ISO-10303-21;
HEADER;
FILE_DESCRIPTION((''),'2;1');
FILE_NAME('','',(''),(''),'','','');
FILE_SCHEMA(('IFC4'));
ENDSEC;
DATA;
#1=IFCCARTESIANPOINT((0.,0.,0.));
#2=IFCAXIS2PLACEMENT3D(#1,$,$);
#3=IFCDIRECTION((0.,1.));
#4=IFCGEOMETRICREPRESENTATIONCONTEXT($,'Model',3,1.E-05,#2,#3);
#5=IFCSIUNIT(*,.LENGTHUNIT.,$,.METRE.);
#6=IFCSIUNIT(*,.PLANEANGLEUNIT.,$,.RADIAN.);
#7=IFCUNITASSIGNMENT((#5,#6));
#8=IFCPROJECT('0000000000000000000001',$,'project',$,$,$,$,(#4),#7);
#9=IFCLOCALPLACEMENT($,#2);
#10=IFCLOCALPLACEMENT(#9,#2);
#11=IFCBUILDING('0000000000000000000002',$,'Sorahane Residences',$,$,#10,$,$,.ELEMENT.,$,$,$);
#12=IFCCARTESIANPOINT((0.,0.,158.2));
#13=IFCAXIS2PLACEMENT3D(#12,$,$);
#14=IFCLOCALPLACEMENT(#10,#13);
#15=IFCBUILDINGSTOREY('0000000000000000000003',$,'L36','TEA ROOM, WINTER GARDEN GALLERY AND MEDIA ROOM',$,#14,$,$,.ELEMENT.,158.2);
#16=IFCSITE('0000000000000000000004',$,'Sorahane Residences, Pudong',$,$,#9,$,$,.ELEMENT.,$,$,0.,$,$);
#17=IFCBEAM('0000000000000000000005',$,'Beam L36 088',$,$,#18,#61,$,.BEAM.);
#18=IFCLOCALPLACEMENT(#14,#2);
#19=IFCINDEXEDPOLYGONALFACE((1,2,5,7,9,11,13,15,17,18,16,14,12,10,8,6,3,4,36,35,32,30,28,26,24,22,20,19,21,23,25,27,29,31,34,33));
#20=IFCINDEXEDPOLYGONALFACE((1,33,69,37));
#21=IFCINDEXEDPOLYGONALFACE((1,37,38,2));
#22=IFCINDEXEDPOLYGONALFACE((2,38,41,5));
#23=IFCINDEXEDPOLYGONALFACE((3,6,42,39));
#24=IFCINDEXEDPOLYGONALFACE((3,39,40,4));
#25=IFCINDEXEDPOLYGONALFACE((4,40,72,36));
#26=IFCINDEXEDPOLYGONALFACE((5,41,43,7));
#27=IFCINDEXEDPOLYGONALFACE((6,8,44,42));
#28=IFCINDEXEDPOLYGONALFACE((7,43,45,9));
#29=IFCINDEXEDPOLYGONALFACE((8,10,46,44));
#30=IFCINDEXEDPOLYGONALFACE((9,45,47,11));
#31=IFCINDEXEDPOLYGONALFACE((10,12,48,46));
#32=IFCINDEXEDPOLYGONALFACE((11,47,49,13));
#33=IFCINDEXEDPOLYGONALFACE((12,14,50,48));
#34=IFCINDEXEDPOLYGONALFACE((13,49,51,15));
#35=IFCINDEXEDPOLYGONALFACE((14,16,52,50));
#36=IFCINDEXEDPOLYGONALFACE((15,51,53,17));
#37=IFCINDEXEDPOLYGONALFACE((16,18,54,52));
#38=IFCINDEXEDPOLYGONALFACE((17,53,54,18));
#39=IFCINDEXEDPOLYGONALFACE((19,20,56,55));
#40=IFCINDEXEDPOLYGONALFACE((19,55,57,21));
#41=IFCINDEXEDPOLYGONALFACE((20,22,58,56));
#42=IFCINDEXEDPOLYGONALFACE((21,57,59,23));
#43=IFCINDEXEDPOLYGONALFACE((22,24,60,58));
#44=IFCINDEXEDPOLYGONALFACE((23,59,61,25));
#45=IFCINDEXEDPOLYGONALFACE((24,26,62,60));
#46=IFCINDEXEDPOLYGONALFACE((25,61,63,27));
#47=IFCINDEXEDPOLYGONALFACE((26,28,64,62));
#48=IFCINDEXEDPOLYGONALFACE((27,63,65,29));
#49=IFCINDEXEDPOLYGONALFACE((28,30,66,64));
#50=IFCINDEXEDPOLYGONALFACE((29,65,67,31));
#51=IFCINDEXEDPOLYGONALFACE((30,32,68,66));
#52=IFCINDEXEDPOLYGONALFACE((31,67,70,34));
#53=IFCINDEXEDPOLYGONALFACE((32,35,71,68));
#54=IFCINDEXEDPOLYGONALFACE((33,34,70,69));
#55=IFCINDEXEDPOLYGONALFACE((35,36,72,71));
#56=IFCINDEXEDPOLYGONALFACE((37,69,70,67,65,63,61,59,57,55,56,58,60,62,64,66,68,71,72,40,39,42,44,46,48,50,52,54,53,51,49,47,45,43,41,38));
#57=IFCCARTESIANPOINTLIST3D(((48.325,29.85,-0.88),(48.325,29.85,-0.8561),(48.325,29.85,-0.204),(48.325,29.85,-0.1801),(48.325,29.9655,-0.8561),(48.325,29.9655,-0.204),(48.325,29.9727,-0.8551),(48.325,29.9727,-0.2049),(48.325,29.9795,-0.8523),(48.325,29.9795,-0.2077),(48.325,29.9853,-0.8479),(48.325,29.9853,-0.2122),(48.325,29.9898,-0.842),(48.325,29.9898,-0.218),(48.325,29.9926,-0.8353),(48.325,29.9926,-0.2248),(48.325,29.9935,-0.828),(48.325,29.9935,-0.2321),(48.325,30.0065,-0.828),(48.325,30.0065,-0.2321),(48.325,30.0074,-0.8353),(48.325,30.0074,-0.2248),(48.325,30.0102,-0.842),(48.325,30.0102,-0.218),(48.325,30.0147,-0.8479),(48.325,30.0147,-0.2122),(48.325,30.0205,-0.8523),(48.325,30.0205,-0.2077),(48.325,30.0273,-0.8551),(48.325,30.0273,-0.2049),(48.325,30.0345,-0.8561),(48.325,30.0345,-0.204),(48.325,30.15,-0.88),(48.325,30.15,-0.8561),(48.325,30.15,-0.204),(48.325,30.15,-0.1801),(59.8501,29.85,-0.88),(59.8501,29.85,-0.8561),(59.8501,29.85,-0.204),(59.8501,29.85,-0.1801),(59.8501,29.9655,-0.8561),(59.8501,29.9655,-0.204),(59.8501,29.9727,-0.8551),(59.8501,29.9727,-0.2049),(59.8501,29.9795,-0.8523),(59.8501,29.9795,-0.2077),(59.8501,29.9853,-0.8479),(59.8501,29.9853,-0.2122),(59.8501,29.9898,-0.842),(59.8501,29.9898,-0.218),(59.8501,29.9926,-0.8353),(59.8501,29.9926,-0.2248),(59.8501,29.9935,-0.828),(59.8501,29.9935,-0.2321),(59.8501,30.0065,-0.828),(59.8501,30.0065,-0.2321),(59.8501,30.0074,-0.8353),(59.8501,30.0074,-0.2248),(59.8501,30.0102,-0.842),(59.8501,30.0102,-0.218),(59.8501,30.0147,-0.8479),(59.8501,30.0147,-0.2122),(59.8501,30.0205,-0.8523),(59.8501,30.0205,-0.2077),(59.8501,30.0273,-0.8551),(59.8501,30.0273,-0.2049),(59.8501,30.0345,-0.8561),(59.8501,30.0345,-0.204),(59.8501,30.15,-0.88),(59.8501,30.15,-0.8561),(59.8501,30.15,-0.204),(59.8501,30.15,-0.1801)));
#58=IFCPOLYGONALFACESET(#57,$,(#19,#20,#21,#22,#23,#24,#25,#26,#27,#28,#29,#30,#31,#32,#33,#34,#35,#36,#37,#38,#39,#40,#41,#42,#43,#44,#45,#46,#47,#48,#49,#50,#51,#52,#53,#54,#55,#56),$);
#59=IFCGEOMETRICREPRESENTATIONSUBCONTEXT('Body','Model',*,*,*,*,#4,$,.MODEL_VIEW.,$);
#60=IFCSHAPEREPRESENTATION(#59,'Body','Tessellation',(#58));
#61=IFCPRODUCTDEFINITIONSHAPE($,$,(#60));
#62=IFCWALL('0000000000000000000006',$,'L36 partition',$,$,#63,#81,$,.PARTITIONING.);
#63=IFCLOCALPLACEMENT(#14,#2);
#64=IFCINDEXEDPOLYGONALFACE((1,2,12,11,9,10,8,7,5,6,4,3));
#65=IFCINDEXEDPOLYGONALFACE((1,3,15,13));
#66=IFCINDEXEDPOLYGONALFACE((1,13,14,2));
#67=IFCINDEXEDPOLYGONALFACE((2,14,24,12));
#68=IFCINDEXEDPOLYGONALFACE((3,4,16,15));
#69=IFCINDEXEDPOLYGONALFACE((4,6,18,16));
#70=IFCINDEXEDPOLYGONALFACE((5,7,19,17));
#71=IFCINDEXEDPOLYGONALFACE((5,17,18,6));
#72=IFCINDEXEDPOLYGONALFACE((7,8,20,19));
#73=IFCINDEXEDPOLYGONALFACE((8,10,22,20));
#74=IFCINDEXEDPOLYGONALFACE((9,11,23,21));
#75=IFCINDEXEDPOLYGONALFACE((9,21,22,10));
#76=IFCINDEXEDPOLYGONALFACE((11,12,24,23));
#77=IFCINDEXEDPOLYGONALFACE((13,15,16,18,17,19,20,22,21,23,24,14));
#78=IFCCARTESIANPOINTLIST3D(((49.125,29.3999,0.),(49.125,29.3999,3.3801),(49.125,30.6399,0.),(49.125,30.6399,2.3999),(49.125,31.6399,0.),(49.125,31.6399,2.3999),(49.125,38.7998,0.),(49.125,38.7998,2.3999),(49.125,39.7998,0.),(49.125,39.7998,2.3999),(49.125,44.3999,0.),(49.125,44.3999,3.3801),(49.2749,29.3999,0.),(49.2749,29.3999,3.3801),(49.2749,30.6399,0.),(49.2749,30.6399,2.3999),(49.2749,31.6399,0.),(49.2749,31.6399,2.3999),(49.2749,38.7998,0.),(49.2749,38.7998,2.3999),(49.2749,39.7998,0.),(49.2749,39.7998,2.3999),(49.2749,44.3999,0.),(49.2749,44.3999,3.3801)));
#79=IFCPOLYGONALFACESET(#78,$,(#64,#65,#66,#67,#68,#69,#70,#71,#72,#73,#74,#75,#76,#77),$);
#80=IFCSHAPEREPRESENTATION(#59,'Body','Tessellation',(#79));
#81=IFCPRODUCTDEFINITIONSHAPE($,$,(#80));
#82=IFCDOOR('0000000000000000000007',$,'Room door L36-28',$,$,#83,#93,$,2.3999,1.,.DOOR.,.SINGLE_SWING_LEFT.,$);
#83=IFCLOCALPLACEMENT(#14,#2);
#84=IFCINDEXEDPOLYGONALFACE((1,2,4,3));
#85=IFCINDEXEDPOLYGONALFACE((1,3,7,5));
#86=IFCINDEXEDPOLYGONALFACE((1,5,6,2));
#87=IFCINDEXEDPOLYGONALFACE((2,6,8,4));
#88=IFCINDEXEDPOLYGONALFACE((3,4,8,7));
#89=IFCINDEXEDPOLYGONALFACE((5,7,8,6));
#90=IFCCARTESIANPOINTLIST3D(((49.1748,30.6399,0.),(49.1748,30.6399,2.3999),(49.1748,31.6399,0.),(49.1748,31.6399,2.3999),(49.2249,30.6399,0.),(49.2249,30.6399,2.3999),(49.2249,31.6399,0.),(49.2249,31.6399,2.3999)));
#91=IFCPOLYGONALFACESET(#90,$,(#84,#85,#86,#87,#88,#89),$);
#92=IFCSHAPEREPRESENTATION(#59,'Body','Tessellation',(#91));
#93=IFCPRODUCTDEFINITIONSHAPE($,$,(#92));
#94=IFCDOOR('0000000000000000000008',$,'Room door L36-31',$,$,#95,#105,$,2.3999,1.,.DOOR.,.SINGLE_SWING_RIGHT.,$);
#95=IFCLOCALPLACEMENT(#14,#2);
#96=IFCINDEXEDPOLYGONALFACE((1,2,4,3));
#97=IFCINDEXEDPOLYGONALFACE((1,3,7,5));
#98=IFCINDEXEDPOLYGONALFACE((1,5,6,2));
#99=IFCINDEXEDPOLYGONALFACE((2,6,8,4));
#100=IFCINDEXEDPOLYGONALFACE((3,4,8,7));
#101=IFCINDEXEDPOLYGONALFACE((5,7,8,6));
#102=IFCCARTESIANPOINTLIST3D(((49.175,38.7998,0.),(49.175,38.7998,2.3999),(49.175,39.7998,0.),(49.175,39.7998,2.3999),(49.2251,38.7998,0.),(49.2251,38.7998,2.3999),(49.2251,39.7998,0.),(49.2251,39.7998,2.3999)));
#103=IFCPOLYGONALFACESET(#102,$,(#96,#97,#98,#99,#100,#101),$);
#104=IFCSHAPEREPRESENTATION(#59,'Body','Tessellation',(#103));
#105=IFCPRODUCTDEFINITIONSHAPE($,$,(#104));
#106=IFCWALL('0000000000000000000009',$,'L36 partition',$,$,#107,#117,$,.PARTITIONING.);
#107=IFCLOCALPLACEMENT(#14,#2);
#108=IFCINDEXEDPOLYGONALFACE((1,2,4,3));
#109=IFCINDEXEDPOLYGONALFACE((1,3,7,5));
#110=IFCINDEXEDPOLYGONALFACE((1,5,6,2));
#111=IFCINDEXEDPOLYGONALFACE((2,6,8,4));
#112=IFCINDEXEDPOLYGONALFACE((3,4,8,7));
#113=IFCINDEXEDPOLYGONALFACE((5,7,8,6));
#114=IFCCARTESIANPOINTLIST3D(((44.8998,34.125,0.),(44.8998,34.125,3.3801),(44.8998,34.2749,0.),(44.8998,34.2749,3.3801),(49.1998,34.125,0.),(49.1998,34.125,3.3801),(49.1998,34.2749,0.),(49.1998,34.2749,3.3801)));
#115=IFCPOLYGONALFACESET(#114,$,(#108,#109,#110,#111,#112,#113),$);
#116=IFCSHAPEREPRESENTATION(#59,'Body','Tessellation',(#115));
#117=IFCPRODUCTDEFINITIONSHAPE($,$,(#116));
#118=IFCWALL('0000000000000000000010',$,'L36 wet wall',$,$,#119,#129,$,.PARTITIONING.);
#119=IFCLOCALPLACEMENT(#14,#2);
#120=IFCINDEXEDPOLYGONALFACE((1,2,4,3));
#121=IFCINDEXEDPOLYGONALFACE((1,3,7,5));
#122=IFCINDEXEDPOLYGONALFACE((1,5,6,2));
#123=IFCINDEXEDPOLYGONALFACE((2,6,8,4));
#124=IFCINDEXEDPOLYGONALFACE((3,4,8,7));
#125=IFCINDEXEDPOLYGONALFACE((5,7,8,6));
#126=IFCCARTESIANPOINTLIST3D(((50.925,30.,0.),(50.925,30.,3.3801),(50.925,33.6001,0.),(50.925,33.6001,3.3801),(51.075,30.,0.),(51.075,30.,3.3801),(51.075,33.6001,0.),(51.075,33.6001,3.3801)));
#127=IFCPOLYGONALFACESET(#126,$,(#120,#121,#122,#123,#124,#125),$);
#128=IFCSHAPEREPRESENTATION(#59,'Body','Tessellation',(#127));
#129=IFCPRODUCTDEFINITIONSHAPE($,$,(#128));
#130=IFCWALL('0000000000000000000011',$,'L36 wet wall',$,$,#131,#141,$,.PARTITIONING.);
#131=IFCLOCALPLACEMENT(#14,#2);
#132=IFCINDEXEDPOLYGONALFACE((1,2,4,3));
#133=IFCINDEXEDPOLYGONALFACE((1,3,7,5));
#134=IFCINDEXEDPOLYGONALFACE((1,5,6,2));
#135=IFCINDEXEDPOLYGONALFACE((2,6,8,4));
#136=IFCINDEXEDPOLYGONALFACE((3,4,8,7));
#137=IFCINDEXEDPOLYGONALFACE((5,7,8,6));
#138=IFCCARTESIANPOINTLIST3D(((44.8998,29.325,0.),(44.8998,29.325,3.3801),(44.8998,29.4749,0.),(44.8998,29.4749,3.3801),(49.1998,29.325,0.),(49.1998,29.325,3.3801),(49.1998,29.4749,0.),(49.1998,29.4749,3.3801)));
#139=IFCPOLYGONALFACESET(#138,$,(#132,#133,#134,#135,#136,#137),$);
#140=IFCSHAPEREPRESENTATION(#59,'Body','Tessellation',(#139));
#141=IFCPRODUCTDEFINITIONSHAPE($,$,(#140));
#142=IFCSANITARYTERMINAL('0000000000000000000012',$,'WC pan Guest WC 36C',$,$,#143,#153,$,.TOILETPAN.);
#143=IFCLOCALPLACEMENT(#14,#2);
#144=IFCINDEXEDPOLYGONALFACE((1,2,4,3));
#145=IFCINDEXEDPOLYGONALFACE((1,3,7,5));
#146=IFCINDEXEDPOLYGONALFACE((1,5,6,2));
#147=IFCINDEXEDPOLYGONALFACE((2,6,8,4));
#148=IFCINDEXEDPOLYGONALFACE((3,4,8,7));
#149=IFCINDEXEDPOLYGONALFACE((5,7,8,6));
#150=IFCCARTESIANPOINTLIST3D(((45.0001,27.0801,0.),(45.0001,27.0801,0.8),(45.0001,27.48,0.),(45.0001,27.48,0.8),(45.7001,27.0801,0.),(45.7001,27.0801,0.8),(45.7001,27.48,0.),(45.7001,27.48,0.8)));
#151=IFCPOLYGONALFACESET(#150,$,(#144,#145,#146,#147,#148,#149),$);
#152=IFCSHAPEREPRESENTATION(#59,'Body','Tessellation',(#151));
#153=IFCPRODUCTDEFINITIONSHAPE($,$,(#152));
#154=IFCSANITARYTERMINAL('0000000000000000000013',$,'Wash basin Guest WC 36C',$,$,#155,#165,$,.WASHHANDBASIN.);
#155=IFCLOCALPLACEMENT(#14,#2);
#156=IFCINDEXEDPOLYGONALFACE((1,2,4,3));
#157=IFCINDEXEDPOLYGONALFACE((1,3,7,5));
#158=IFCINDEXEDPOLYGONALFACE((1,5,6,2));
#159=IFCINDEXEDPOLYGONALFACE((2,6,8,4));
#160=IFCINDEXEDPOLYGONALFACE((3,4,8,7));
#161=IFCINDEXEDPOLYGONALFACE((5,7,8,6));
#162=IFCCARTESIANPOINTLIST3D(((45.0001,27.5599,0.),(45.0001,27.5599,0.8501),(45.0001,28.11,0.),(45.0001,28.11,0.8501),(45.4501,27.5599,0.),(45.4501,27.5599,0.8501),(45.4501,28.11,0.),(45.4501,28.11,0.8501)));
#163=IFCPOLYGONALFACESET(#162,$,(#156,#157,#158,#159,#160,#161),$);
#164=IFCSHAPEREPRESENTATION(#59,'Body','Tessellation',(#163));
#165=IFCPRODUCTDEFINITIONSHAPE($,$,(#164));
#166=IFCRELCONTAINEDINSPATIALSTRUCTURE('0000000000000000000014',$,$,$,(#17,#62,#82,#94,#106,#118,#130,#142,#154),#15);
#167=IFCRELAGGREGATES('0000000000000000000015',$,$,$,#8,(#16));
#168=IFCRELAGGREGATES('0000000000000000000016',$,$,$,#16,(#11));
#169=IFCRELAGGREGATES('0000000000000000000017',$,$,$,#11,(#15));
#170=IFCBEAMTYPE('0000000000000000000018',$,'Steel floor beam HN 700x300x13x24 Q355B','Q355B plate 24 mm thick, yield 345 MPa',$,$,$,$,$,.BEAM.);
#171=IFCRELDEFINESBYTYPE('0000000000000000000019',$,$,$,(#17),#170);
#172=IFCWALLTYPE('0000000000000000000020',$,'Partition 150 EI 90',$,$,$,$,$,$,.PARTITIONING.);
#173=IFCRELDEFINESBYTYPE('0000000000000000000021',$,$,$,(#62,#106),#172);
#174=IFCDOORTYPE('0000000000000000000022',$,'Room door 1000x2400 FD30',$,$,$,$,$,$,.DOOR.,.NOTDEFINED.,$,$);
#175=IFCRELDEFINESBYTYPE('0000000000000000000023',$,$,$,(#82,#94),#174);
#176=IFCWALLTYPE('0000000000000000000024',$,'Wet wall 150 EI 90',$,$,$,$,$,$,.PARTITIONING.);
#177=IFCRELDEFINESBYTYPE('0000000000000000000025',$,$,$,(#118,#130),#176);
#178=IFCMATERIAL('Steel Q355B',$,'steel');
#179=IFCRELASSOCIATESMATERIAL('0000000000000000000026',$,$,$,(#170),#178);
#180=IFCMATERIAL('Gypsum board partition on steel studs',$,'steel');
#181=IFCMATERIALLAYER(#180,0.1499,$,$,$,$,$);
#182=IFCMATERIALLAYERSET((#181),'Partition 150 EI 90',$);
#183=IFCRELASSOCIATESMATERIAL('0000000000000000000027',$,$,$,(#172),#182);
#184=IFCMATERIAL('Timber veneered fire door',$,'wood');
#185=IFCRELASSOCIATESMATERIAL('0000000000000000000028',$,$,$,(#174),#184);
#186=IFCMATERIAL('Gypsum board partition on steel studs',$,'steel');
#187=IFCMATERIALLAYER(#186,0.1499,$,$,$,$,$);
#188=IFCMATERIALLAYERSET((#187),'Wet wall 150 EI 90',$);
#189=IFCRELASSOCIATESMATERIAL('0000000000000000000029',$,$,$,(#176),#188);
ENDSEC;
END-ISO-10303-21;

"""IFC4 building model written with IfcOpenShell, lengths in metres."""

from ifc_helpers import new_model, si_unit, direction, frame, frame_2d, origin, origin_2d, place, context, subcontext, project, spatial, rectangle, i_section, extrude, material, layer, layer_set, material_profile, profile_set, type_object, element, fill, save


model = new_model("IFC4")

# Units and contexts
model_context = context("Model", 3, precision=1e-05, world=origin(), true_north=direction((0.0, 1.0)))
body_context = subcontext(model_context, "Body", "Model", "MODEL_VIEW")
ifc_project = project(units=[si_unit("LENGTHUNIT", "METRE"), si_unit("PLANEANGLEUNIT", "RADIAN")], contexts=[model_context])

# Site, building, storey
site_placement = place(None, origin())
site = spatial("IfcSite", under=ifc_project, at=site_placement, Name="Sorahane Residences, Pudong", CompositionType="ELEMENT", RefElevation=0.0)
building_placement = place(site_placement, origin())
building = spatial("IfcBuilding", under=site, at=building_placement, Name="Sorahane Residences", CompositionType="ELEMENT")
storey_placement = place(building_placement, frame((0.0, 0.0, 158.2)))
storey = spatial("IfcBuildingStorey", under=building, at=storey_placement, Name="L36", Description="TEA ROOM, WINTER GARDEN GALLERY AND MEDIA ROOM", CompositionType="ELEMENT", Elevation=158.2)

# Beam
ifc_material_1 = material(Name="Steel Q355B", Category="steel")
ifc_material_profile_1 = material_profile(ifc_material_1, i_section(OverallWidth=0.3, OverallDepth=0.7, WebThickness=0.0129, FlangeThickness=0.0239, FilletRadius=0.0281, at=origin_2d()), Name="HN 700x300x13x24")
ifc_profile_set_1 = profile_set([ifc_material_profile_1], Name="Steel Q355B")
beam_type_1 = type_object("IfcBeamType", Name="Steel floor beam HN 700x300x13x24 Q355B", Description="Q355B plate 24 mm thick, yield 345 MPa", PredefinedType="BEAM", material=ifc_profile_set_1)
beam_1_placement = place(storey_placement, frame((48.325, 30.0, -0.53), z_axis=(1.0, 0.0, 0.0), x_axis=(0.0, 1.0, 0.0)))
element("IfcBeam", 1, at=beam_1_placement, inside=storey, type_object=beam_type_1, Name="Beam L36 088", PredefinedType="BEAM", context=body_context, shape_type="SweptSolid", body=[
    extrude(i_section(OverallWidth=0.3, OverallDepth=0.7, WebThickness=0.0129, FlangeThickness=0.0239, FilletRadius=0.0281, at=origin_2d()), origin(), (0.0, 0.0, 1.0), 11.5251),
])

# Wall, openings, doors
ifc_material_2 = material(Name="Gypsum board partition on steel studs", Category="steel")
ifc_layer_1 = layer(ifc_material_2, 0.1499)
ifc_layer_set_1 = layer_set([ifc_layer_1], Name="Partition 150 EI 90")
wall_type_1 = type_object("IfcWallType", Name="Partition 150 EI 90", PredefinedType="PARTITIONING", material=ifc_layer_set_1)
wall_1_placement = place(storey_placement, frame((49.2, 29.3999, 0.0), z_axis=(0.0, 0.0, 1.0), x_axis=(0.0, 1.0, 0.0)))
wall_1 = element("IfcWall", 2, at=wall_1_placement, inside=storey, type_object=wall_type_1, Name="L36 partition", PredefinedType="PARTITIONING", context=body_context, shape_type="SweptSolid", body=[
    extrude(rectangle(XDim=15.0, YDim=0.1499, at=frame_2d((7.5, 0.0))), origin(), (0.0, 0.0, 1.0), 3.3801),
])
opening_1_placement = place(wall_1_placement, frame((1.24, 0.0, 0.0)))
opening_1 = element("IfcOpeningElement", 3, at=opening_1_placement, cuts=wall_1, PredefinedType="OPENING", context=body_context, shape_type="SweptSolid", body=[
    extrude(rectangle(XDim=1.0, YDim=2.3999, at=frame_2d((0.5, 1.2))), frame((0.0, 0.085, 0.0), z_axis=(0.0, -1.0, 0.0), x_axis=(1.0, 0.0, 0.0)), (0.0, 0.0, 1.0), 0.1699),
])
opening_2_placement = place(wall_1_placement, frame((9.3999, 0.0, 0.0)))
opening_2 = element("IfcOpeningElement", 4, at=opening_2_placement, cuts=wall_1, PredefinedType="OPENING", context=body_context, shape_type="SweptSolid", body=[
    extrude(rectangle(XDim=1.0, YDim=2.3999, at=frame_2d((0.5, 1.2))), frame((0.0, 0.085, 0.0), z_axis=(0.0, -1.0, 0.0), x_axis=(1.0, 0.0, 0.0)), (0.0, 0.0, 1.0), 0.1699),
])
ifc_material_3 = material(Name="Timber veneered fire door", Category="wood")
door_type_1 = type_object("IfcDoorType", Name="Room door 1000x2400 FD30", OperationType="NOTDEFINED", PredefinedType="DOOR", material=ifc_material_3)
door_1_placement = place(opening_1_placement, frame((1.0, 0.0, 0.0), z_axis=(0.0, 0.0, 1.0), x_axis=(-1.0, 0.0, 0.0)))
door_1 = element("IfcDoor", 5, at=door_1_placement, inside=storey, type_object=door_type_1, Name="Room door L36-28", OperationType="SINGLE_SWING_LEFT", OverallHeight=2.3999, OverallWidth=1.0, PredefinedType="DOOR", context=body_context, shape_type="SweptSolid", body=[
    extrude(rectangle(XDim=1.0, YDim=2.3999, at=frame_2d((0.5, 1.2))), frame((0.0, 0.0249, 0.0), z_axis=(0.0, -1.0, 0.0), x_axis=(1.0, 0.0, 0.0)), (0.0, 0.0, 1.0), 0.05),
])
fill(opening_1, door_1)
door_2_placement = place(opening_2_placement, origin())
door_2 = element("IfcDoor", 6, at=door_2_placement, inside=storey, type_object=door_type_1, Name="Room door L36-31", OperationType="SINGLE_SWING_RIGHT", OverallHeight=2.3999, OverallWidth=1.0, PredefinedType="DOOR", context=body_context, shape_type="SweptSolid", body=[
    extrude(rectangle(XDim=1.0, YDim=2.3999, at=frame_2d((0.5, 1.2))), frame((0.0, 0.0249, 0.0), z_axis=(0.0, -1.0, 0.0), x_axis=(1.0, 0.0, 0.0)), (0.0, 0.0, 1.0), 0.05),
])
fill(opening_2, door_2)

# Wall
wall_2_placement = place(storey_placement, frame((44.8999, 34.2, 0.0), z_axis=(0.0, 0.0, 1.0), x_axis=(1.0, 0.0, 0.0)))
element("IfcWall", 7, at=wall_2_placement, inside=storey, type_object=wall_type_1, Name="L36 partition", PredefinedType="PARTITIONING", context=body_context, shape_type="SweptSolid", body=[
    extrude(rectangle(XDim=4.3, YDim=0.1499, at=frame_2d((2.1499, 0.0))), origin(), (0.0, 0.0, 1.0), 3.3801),
])

# Shared definitions
ifc_material_4 = material(Name="Gypsum board partition on steel studs", Category="steel")
ifc_layer_2 = layer(ifc_material_4, 0.1499)
ifc_layer_set_2 = layer_set([ifc_layer_2], Name="Wet wall 150 EI 90")
wall_type_2 = type_object("IfcWallType", Name="Wet wall 150 EI 90", PredefinedType="PARTITIONING", material=ifc_layer_set_2)

# Walls
wall_3_placement = place(storey_placement, frame((51.0, 30.0, 0.0), z_axis=(0.0, 0.0, 1.0), x_axis=(0.0, 1.0, 0.0)))
element("IfcWall", 8, at=wall_3_placement, inside=storey, type_object=wall_type_2, Name="L36 wet wall", PredefinedType="PARTITIONING", context=body_context, shape_type="SweptSolid", body=[
    extrude(rectangle(XDim=3.6001, YDim=0.1499, at=frame_2d((1.8, 0.0))), origin(), (0.0, 0.0, 1.0), 3.3801),
])
wall_4_placement = place(storey_placement, frame((44.8999, 29.3999, 0.0), z_axis=(0.0, 0.0, 1.0), x_axis=(1.0, 0.0, 0.0)))
element("IfcWall", 9, at=wall_4_placement, inside=storey, type_object=wall_type_2, Name="L36 wet wall", PredefinedType="PARTITIONING", context=body_context, shape_type="SweptSolid", body=[
    extrude(rectangle(XDim=4.3, YDim=0.1499, at=frame_2d((2.1499, 0.0))), origin(), (0.0, 0.0, 1.0), 3.3801),
])

# Sanitary terminals
sanitary_terminal_1_placement = place(storey_placement, frame((45.3501, 27.28, 0.0), z_axis=(0.0, 0.0, 1.0), x_axis=(0.0, 1.0, 0.0)))
element("IfcSanitaryTerminal", 10, at=sanitary_terminal_1_placement, inside=storey, Name="WC pan Guest WC 36C", PredefinedType="TOILETPAN", context=body_context, shape_type="SweptSolid", body=[
    extrude(rectangle(XDim=0.3999, YDim=0.7, at=origin_2d()), origin(), (0.0, 0.0, 1.0), 0.8),
])
sanitary_terminal_2_placement = place(storey_placement, frame((45.2251, 27.835, 0.0), z_axis=(0.0, 0.0, 1.0), x_axis=(0.0, 1.0, 0.0)))
element("IfcSanitaryTerminal", 11, at=sanitary_terminal_2_placement, inside=storey, Name="Wash basin Guest WC 36C", PredefinedType="WASHHANDBASIN", context=body_context, shape_type="SweptSolid", body=[
    extrude(rectangle(XDim=0.55, YDim=0.45, at=origin_2d()), origin(), (0.0, 0.0, 1.0), 0.8501),
])

save(model, "model.ifc")
